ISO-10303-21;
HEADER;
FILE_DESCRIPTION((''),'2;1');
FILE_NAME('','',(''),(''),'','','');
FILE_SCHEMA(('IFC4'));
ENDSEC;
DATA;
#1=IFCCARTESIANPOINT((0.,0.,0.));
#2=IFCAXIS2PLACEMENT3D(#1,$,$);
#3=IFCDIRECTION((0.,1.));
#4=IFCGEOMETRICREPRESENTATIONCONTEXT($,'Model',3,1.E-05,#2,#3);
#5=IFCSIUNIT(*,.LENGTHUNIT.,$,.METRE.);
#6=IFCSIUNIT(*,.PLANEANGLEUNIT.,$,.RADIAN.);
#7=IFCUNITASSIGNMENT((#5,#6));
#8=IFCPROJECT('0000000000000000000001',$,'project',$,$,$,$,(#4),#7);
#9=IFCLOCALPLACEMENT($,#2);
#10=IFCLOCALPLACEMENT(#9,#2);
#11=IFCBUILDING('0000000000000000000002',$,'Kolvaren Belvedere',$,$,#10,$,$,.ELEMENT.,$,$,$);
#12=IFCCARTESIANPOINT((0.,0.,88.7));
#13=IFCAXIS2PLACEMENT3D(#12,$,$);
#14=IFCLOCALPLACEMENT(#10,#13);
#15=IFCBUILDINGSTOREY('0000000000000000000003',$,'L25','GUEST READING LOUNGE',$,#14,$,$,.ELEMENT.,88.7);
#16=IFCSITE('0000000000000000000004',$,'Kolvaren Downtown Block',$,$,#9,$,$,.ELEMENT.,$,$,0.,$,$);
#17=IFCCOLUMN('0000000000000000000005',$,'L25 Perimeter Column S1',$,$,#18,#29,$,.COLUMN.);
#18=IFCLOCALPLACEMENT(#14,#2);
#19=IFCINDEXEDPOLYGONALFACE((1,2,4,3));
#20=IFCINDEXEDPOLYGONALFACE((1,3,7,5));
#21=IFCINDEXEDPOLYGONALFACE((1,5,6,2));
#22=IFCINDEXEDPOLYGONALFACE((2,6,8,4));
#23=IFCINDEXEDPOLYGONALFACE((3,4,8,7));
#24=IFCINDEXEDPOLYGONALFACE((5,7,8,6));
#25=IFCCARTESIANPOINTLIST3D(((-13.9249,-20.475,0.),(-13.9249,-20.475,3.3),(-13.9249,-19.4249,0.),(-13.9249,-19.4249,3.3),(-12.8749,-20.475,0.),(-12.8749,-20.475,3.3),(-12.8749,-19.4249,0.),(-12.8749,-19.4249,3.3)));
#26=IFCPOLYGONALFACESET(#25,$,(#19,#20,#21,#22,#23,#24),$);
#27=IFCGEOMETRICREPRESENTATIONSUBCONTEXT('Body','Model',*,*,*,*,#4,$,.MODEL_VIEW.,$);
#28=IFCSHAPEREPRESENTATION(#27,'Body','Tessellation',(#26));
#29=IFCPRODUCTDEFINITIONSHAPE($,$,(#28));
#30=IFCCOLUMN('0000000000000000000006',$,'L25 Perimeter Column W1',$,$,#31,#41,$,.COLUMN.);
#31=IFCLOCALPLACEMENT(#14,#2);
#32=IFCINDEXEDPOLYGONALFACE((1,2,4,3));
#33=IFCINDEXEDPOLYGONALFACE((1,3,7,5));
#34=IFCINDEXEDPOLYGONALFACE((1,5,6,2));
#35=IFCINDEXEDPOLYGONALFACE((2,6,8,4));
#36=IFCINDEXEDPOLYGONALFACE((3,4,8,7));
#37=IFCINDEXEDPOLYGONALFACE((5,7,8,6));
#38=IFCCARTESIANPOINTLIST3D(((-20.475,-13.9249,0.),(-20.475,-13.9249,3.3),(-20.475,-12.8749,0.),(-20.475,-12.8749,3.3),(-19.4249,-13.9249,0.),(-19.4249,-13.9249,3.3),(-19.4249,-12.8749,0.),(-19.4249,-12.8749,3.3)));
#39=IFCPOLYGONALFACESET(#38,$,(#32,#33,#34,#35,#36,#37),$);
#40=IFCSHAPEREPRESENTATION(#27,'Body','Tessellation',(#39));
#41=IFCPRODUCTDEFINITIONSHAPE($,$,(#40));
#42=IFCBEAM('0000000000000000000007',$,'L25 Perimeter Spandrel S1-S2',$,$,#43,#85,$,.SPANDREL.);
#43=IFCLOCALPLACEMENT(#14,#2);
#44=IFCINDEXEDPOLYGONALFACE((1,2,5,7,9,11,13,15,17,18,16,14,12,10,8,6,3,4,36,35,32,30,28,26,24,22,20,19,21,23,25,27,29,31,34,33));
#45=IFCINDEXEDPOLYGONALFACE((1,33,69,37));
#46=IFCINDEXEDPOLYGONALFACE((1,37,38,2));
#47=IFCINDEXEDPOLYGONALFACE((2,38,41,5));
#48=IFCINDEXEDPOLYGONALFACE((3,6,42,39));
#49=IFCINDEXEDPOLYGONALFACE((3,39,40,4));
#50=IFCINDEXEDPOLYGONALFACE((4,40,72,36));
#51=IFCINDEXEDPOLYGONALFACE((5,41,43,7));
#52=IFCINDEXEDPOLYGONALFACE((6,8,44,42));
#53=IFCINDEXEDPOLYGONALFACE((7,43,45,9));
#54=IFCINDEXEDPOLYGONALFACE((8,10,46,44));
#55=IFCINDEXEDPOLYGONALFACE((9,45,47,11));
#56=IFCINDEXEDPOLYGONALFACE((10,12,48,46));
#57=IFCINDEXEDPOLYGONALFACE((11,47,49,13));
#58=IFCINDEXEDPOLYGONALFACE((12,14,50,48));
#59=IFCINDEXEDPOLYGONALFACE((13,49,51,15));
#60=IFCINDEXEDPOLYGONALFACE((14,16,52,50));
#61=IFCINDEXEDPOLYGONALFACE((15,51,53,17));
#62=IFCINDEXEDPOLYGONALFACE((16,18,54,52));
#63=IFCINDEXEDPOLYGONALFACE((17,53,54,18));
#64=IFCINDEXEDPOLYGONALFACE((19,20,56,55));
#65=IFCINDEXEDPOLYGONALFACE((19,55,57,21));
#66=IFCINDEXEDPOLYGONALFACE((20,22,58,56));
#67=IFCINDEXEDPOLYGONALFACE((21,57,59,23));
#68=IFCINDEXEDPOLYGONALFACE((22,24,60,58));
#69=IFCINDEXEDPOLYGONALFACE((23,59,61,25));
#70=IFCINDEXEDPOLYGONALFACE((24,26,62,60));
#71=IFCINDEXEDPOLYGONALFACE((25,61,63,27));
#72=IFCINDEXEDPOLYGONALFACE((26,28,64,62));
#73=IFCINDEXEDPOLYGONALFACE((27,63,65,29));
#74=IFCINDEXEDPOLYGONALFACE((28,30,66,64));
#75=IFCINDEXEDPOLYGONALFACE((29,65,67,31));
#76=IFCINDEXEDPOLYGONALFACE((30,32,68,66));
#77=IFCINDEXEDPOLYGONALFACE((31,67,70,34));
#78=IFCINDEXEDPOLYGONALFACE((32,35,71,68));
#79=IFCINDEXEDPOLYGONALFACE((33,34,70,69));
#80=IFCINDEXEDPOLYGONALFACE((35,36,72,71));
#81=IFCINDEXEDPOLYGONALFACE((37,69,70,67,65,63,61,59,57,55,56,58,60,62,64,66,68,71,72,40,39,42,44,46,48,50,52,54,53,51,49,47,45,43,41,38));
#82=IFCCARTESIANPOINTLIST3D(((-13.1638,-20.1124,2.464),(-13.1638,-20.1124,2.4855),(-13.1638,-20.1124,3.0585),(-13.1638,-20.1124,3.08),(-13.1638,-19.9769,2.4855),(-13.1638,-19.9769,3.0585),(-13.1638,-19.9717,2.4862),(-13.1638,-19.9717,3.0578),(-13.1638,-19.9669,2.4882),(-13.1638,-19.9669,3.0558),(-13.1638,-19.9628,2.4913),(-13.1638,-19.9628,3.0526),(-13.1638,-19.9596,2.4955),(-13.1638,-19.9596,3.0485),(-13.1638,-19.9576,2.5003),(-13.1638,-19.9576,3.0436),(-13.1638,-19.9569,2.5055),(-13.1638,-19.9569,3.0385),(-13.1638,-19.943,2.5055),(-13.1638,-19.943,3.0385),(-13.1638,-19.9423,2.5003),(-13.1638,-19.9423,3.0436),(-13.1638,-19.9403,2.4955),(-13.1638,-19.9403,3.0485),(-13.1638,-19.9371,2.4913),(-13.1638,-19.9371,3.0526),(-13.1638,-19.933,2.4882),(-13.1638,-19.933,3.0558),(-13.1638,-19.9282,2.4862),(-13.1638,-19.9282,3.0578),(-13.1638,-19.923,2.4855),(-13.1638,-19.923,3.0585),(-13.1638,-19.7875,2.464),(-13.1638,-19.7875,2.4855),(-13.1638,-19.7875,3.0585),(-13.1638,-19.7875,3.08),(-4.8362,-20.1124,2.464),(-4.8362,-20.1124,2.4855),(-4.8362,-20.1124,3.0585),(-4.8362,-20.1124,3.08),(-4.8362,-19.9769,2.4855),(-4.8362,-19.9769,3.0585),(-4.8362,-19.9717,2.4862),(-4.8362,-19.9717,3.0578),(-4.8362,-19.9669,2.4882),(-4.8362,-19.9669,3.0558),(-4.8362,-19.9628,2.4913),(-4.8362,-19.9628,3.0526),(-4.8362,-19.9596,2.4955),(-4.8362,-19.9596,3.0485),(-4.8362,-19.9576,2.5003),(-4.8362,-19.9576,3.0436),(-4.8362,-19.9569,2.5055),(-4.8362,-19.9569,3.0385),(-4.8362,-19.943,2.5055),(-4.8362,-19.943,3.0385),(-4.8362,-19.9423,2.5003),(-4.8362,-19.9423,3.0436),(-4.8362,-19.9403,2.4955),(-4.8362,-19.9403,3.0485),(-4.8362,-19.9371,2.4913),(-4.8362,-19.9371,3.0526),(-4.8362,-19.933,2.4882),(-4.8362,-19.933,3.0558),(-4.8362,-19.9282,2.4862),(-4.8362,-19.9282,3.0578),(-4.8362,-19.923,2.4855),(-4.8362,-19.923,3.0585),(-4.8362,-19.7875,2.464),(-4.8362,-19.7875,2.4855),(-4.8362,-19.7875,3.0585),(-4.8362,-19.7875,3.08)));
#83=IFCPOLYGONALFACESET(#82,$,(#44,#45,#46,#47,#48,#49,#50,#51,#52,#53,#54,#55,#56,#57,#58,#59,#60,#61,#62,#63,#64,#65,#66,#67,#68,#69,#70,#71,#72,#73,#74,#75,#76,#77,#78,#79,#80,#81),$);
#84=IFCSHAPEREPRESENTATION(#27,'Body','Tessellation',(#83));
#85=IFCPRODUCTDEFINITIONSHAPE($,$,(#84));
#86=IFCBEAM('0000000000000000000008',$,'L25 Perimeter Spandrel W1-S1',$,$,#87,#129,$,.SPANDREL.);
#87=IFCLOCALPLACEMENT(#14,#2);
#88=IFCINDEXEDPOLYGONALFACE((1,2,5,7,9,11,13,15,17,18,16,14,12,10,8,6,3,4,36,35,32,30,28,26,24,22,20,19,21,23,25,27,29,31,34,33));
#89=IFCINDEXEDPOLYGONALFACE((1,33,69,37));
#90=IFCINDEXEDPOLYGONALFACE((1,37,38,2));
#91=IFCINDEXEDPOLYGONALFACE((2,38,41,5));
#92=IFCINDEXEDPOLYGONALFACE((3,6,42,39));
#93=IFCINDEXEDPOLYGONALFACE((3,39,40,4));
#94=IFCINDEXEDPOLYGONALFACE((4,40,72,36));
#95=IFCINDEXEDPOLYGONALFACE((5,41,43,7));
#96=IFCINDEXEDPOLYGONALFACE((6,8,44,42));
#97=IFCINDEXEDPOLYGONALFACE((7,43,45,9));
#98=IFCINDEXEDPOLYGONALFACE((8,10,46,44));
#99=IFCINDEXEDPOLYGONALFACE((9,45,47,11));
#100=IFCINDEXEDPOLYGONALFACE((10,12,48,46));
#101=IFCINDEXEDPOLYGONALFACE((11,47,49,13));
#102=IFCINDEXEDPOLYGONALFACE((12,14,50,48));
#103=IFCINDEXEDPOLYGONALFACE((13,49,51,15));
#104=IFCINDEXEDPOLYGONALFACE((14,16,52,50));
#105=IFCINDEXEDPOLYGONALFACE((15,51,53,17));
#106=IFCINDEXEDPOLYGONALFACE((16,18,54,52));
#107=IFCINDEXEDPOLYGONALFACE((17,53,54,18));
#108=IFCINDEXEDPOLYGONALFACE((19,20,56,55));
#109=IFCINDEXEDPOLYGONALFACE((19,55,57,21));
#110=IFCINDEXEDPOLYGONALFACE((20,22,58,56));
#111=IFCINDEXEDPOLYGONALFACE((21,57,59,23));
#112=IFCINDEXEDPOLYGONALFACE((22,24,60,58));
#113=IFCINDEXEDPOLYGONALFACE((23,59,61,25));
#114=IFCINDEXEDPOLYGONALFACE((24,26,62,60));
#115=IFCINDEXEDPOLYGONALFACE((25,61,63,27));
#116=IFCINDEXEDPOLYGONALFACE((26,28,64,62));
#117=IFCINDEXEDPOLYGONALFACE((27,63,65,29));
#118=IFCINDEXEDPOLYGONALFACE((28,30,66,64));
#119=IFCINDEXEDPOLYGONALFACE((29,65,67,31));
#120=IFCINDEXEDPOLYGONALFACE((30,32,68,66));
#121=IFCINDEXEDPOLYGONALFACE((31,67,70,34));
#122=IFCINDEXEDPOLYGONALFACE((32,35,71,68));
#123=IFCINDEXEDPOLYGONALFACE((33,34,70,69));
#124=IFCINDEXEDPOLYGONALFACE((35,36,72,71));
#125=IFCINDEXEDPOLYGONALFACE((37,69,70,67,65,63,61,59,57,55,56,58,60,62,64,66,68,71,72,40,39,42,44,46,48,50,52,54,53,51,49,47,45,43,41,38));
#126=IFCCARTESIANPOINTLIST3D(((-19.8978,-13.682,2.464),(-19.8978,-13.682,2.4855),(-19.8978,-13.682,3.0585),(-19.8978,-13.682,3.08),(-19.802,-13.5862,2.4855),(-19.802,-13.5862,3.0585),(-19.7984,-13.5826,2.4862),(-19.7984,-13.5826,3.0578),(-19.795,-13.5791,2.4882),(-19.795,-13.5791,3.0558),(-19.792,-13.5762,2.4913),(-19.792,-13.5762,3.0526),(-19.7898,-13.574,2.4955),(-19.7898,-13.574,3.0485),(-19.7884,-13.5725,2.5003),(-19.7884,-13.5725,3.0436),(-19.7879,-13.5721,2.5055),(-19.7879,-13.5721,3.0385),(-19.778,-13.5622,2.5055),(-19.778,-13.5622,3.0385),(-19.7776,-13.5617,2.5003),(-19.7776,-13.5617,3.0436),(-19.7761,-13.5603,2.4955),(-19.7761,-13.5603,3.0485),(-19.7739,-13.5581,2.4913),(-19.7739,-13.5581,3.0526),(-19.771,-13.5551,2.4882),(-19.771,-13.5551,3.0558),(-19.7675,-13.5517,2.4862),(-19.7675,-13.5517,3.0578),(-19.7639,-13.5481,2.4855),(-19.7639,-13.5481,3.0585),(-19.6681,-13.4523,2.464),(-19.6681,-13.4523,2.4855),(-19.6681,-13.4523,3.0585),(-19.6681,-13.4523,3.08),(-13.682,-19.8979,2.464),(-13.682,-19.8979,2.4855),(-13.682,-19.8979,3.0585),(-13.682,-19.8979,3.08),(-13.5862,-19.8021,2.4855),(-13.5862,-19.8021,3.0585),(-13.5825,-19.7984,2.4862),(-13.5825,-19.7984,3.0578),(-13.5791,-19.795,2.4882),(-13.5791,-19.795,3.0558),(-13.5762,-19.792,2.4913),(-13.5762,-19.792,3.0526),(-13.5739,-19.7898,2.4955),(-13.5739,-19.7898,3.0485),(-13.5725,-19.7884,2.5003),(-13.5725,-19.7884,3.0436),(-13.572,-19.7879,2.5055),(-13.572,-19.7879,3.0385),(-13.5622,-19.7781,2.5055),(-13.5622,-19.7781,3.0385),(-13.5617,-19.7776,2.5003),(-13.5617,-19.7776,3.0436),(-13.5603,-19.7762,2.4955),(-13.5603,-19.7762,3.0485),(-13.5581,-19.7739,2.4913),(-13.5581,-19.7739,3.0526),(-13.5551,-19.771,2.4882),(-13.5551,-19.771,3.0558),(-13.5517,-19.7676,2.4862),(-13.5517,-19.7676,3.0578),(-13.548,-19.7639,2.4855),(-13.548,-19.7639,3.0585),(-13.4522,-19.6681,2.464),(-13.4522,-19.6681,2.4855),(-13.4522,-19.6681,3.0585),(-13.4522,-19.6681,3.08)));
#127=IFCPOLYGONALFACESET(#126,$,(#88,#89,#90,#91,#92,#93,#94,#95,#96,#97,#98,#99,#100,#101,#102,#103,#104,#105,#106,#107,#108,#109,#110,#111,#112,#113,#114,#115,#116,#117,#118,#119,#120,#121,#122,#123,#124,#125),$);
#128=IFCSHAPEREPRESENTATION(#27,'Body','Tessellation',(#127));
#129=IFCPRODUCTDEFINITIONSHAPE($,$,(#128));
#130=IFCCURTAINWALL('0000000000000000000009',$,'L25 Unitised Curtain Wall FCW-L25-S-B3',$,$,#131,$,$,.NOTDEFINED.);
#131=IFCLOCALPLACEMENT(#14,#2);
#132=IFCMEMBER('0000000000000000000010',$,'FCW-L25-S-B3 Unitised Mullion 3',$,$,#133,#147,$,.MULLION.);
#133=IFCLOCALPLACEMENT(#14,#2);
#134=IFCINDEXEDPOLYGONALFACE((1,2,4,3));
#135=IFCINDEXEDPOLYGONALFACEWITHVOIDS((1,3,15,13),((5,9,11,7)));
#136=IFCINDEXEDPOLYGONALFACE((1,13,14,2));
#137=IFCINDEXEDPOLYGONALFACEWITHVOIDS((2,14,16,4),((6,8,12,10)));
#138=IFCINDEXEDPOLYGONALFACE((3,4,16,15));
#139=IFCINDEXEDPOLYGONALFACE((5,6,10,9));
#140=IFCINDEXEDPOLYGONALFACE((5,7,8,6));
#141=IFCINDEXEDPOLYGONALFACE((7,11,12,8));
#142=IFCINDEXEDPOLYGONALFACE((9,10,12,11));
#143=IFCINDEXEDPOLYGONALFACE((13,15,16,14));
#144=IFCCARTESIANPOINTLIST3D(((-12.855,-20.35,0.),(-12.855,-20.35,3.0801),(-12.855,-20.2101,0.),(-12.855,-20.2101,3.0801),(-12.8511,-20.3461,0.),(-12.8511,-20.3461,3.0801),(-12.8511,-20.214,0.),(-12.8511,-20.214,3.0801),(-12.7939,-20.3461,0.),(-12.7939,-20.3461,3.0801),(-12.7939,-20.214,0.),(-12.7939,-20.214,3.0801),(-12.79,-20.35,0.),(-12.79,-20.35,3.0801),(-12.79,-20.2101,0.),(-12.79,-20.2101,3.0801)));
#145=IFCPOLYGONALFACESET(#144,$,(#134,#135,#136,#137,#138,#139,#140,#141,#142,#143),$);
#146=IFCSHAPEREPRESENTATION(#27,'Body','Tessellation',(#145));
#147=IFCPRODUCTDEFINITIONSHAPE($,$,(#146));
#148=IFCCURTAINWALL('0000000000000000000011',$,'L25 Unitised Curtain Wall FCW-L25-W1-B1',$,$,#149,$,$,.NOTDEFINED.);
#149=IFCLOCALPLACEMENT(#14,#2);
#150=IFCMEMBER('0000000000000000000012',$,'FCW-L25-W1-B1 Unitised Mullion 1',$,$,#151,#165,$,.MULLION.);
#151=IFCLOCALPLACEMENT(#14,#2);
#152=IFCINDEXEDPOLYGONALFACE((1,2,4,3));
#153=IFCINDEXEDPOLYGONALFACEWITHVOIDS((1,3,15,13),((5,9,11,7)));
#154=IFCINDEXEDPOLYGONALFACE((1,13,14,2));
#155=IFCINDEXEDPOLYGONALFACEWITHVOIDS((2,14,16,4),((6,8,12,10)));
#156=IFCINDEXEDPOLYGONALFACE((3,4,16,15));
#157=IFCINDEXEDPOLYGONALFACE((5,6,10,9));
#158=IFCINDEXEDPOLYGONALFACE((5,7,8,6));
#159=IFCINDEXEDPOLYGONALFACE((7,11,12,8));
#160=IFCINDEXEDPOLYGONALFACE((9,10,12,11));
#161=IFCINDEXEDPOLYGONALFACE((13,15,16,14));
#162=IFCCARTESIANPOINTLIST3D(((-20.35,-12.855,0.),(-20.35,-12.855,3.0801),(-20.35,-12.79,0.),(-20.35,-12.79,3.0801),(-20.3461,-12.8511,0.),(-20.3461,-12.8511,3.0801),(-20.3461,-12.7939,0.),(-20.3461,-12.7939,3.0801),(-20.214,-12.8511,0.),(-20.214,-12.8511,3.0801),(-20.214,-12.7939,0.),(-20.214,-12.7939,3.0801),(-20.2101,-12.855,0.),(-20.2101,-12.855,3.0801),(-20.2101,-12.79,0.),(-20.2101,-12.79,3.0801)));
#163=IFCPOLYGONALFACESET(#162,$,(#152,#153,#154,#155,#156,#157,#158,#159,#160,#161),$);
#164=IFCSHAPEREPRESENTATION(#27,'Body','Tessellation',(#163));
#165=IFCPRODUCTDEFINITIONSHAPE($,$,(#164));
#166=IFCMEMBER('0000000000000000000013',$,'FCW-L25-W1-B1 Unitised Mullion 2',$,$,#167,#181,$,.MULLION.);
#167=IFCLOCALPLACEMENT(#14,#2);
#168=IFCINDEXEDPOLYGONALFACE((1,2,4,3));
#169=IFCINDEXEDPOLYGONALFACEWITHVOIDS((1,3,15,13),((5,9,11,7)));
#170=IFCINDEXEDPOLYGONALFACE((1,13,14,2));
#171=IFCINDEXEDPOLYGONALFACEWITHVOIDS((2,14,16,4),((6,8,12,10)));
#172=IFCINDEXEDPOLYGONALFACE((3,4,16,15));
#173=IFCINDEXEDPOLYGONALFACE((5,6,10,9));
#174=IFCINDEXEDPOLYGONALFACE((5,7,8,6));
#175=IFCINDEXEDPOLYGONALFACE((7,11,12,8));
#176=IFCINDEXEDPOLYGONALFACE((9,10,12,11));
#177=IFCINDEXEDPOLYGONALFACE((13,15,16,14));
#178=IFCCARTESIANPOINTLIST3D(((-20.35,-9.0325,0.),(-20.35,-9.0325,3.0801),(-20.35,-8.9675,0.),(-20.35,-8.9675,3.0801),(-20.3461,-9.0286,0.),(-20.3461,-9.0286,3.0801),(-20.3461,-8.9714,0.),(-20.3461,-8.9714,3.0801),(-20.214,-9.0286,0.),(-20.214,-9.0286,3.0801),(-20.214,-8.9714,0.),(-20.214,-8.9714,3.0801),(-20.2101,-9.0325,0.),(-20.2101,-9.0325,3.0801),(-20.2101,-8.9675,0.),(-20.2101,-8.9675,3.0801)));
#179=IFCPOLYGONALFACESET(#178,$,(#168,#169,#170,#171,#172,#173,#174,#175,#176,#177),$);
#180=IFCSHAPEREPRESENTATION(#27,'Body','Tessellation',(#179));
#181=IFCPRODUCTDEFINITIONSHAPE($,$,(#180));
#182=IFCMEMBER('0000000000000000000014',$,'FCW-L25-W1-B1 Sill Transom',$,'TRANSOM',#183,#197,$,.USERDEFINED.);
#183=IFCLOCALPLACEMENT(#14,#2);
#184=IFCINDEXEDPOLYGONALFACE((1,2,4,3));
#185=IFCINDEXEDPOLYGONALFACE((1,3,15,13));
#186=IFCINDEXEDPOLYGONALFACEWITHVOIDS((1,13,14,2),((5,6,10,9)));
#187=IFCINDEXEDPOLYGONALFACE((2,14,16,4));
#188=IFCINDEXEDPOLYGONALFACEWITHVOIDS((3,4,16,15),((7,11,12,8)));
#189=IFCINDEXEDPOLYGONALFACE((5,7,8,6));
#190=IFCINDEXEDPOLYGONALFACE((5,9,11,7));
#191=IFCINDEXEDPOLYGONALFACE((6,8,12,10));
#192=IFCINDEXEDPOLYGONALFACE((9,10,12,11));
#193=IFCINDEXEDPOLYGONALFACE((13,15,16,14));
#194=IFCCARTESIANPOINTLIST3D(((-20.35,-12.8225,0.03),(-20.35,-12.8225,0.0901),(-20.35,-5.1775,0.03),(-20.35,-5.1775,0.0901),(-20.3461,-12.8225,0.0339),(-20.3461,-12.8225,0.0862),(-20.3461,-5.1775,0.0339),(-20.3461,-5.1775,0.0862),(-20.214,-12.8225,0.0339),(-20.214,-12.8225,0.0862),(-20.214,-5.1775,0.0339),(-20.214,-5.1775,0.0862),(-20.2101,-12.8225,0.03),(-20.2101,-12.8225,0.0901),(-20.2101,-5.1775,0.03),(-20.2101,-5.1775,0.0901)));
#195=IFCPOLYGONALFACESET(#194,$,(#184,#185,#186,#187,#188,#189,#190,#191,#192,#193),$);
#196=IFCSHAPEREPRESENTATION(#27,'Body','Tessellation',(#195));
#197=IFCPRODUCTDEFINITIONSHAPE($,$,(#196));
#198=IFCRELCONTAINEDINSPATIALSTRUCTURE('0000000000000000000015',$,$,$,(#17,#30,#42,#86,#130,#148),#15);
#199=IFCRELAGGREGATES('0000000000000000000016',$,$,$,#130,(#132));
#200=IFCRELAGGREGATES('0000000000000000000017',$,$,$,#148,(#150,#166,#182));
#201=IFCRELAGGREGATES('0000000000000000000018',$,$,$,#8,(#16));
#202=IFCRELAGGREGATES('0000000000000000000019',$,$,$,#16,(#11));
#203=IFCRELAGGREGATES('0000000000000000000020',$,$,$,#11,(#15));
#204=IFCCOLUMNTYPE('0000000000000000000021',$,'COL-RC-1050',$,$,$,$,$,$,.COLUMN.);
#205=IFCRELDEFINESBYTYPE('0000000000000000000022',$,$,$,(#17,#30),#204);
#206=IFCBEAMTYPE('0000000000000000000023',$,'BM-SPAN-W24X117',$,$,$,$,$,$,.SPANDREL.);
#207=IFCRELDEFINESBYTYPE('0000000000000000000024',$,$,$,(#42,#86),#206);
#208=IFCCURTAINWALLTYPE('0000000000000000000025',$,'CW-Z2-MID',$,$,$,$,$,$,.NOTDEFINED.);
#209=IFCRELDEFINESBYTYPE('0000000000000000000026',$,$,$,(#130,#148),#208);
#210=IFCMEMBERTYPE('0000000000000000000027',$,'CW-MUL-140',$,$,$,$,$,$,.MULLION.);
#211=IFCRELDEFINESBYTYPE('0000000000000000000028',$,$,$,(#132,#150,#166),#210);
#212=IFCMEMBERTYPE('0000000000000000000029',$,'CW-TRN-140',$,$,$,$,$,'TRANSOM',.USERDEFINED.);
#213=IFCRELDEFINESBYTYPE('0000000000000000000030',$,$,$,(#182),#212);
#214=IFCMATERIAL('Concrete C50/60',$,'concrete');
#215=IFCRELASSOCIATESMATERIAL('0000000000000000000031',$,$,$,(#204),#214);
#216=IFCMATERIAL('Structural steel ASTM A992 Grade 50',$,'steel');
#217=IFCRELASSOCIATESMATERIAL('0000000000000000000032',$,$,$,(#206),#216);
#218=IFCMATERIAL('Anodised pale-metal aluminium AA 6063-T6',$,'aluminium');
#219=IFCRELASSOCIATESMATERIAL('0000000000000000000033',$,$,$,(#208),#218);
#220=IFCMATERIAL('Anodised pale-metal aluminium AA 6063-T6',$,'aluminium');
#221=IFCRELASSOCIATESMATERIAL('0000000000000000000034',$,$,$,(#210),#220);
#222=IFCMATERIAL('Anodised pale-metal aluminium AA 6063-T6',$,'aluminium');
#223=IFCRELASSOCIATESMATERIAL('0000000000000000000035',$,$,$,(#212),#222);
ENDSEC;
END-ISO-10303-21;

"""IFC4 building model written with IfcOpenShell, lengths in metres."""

from ifc_helpers import new_model, si_unit, direction, frame, origin, origin_2d, place, context, subcontext, project, spatial, rectangle, hollow_rectangle, i_section, extrude, material, material_profile, profile_set, type_object, element, aggregate, save


model = new_model("IFC4")

# Units and contexts
model_context = context("Model", 3, precision=1e-05, world=origin(), true_north=direction((0.0, 1.0)))
body_context = subcontext(model_context, "Body", "Model", "MODEL_VIEW")
ifc_project = project(units=[si_unit("LENGTHUNIT", "METRE"), si_unit("PLANEANGLEUNIT", "RADIAN")], contexts=[model_context])

# Site, building, storey
site_placement = place(None, origin())
site = spatial("IfcSite", under=ifc_project, at=site_placement, Name="Kolvaren Downtown Block", CompositionType="ELEMENT", RefElevation=0.0)
building_placement = place(site_placement, origin())
building = spatial("IfcBuilding", under=site, at=building_placement, Name="Kolvaren Belvedere", CompositionType="ELEMENT")
storey_placement = place(building_placement, frame((0.0, 0.0, 88.7)))
storey = spatial("IfcBuildingStorey", under=building, at=storey_placement, Name="L25", Description="GUEST READING LOUNGE", CompositionType="ELEMENT", Elevation=88.7)

# Columns
ifc_material_1 = material(Name="Concrete C50/60", Category="concrete")
ifc_material_profile_1 = material_profile(ifc_material_1, rectangle(XDim=1.05, YDim=1.05, at=origin_2d()), Name="RC 1050X1050")
ifc_profile_set_1 = profile_set([ifc_material_profile_1], Name="Concrete C50/60")
column_type = type_object("IfcColumnType", Name="COL-RC-1050", PredefinedType="COLUMN", material=ifc_profile_set_1)
for number, where, z_axis, x_axis, name in (
    (1, (-13.3999, -19.95, 0.0), (0.0, 0.0, 1.0), (1.0, 0.0, 0.0), "L25 Perimeter Column S1"),
    (2, (-19.95, -13.3999, 0.0), (0.0, 0.0, 1.0), (1.0, 0.0, 0.0), "L25 Perimeter Column W1"),
):
    element("IfcColumn", number, at=place(storey_placement, frame(where, z_axis=z_axis, x_axis=x_axis)), inside=storey, type_object=column_type, Name=name, PredefinedType="COLUMN", context=body_context, shape_type="SweptSolid", body=[
        extrude(rectangle(XDim=1.05, YDim=1.05, at=origin_2d()), origin(), (0.0, 0.0, 1.0), 3.3),
    ])

# Beams
ifc_material_2 = material(Name="Structural steel ASTM A992 Grade 50", Category="steel")
ifc_material_profile_2 = material_profile(ifc_material_2, i_section(OverallWidth=0.325, OverallDepth=0.616, WebThickness=0.0139, FlangeThickness=0.0215, FilletRadius=0.02, at=origin_2d()), Name="W24X117")
ifc_profile_set_2 = profile_set([ifc_material_profile_2], Name="Structural steel ASTM A992 Grade 50")
beam_type = type_object("IfcBeamType", Name="BM-SPAN-W24X117", PredefinedType="SPANDREL", material=ifc_profile_set_2)
beam_1_placement = place(storey_placement, frame((-13.1638, -19.95, 2.772), z_axis=(1.0, 0.0, 0.0), x_axis=(0.0, 1.0, 0.0)))
element("IfcBeam", 3, at=beam_1_placement, inside=storey, type_object=beam_type, Name="L25 Perimeter Spandrel S1-S2", PredefinedType="SPANDREL", context=body_context, shape_type="SweptSolid", body=[
    extrude(i_section(OverallWidth=0.325, OverallDepth=0.616, WebThickness=0.0139, FlangeThickness=0.0215, FilletRadius=0.02, at=origin_2d()), origin(), (0.0, 0.0, 1.0), 8.3276),
])
beam_2_placement = place(storey_placement, frame((-19.783, -13.5671, 2.772), z_axis=(0.707107, -0.707107, 0.0), x_axis=(0.707107, 0.707107, 0.0)))
element("IfcBeam", 4, at=beam_2_placement, inside=storey, type_object=beam_type, Name="L25 Perimeter Spandrel W1-S1", PredefinedType="SPANDREL", context=body_context, shape_type="SweptSolid", body=[
    extrude(i_section(OverallWidth=0.325, OverallDepth=0.616, WebThickness=0.0139, FlangeThickness=0.0215, FilletRadius=0.02, at=origin_2d()), origin(), (0.0, 0.0, 1.0), 8.7905),
])

# Curtain wall, member
ifc_material_3 = material(Name="Anodised pale-metal aluminium AA 6063-T6", Category="aluminium")
curtain_wall_type = type_object("IfcCurtainWallType", Name="CW-Z2-MID", PredefinedType="NOTDEFINED", material=ifc_material_3)
curtain_wall_1_placement = place(storey_placement, origin())
curtain_wall_1 = element("IfcCurtainWall", 5, at=curtain_wall_1_placement, inside=storey, type_object=curtain_wall_type, Name="L25 Unitised Curtain Wall FCW-L25-S-B3", PredefinedType="NOTDEFINED")
ifc_material_4 = material(Name="Anodised pale-metal aluminium AA 6063-T6", Category="aluminium")
ifc_material_profile_3 = material_profile(ifc_material_4, hollow_rectangle(XDim=0.0649, YDim=0.1399, WallThickness=0.0039, at=origin_2d()), Name="ALU-MUL-140X65")
ifc_profile_set_3 = profile_set([ifc_material_profile_3], Name="Anodised pale-metal aluminium AA 6063-T6")
member_type_1 = type_object("IfcMemberType", Name="CW-MUL-140", PredefinedType="MULLION", material=ifc_profile_set_3)
member_1_placement = place(storey_placement, frame((-12.8225, -20.28, 0.0), z_axis=(0.0, 0.0, 1.0), x_axis=(1.0, 0.0, 0.0)))
member_1 = element("IfcMember", 6, at=member_1_placement, type_object=member_type_1, Name="FCW-L25-S-B3 Unitised Mullion 3", PredefinedType="MULLION", context=body_context, shape_type="SweptSolid", body=[
    extrude(hollow_rectangle(XDim=0.0649, YDim=0.1399, WallThickness=0.0039, at=origin_2d()), origin(), (0.0, 0.0, 1.0), 3.0801),
])
aggregate(curtain_wall_1, [member_1])

# Curtain wall, members
curtain_wall_2_placement = place(storey_placement, origin())
curtain_wall_2 = element("IfcCurtainWall", 7, at=curtain_wall_2_placement, inside=storey, type_object=curtain_wall_type, Name="L25 Unitised Curtain Wall FCW-L25-W1-B1", PredefinedType="NOTDEFINED")
member_2_placement = place(storey_placement, frame((-20.28, -12.8225, 0.0), z_axis=(0.0, 0.0, 1.0), x_axis=(0.0, 1.0, 0.0)))
member_2 = element("IfcMember", 8, at=member_2_placement, type_object=member_type_1, Name="FCW-L25-W1-B1 Unitised Mullion 1", PredefinedType="MULLION", context=body_context, shape_type="SweptSolid", body=[
    extrude(hollow_rectangle(XDim=0.0649, YDim=0.1399, WallThickness=0.0039, at=origin_2d()), origin(), (0.0, 0.0, 1.0), 3.0801),
])
member_3_placement = place(storey_placement, frame((-20.28, -9.0, 0.0), z_axis=(0.0, 0.0, 1.0), x_axis=(0.0, 1.0, 0.0)))
member_3 = element("IfcMember", 9, at=member_3_placement, type_object=member_type_1, Name="FCW-L25-W1-B1 Unitised Mullion 2", PredefinedType="MULLION", context=body_context, shape_type="SweptSolid", body=[
    extrude(hollow_rectangle(XDim=0.0649, YDim=0.1399, WallThickness=0.0039, at=origin_2d()), origin(), (0.0, 0.0, 1.0), 3.0801),
])
ifc_material_5 = material(Name="Anodised pale-metal aluminium AA 6063-T6", Category="aluminium")
ifc_material_profile_4 = material_profile(ifc_material_5, hollow_rectangle(XDim=0.0601, YDim=0.1399, WallThickness=0.0039, at=origin_2d()), Name="ALU-TRN-140X60")
ifc_profile_set_4 = profile_set([ifc_material_profile_4], Name="Anodised pale-metal aluminium AA 6063-T6")
member_type_2 = type_object("IfcMemberType", Name="CW-TRN-140", ElementType="TRANSOM", PredefinedType="USERDEFINED", material=ifc_profile_set_4)
member_4_placement = place(storey_placement, frame((-20.28, -12.8225, 0.0601), z_axis=(0.0, 1.0, 0.0), x_axis=(0.0, 0.0, 1.0)))
member_4 = element("IfcMember", 10, at=member_4_placement, type_object=member_type_2, Name="FCW-L25-W1-B1 Sill Transom", ObjectType="TRANSOM", PredefinedType="USERDEFINED", context=body_context, shape_type="SweptSolid", body=[
    extrude(hollow_rectangle(XDim=0.0601, YDim=0.1399, WallThickness=0.0039, at=origin_2d()), origin(), (0.0, 0.0, 1.0), 7.645),
])
aggregate(curtain_wall_2, [member_2, member_3, member_4])

save(model, "model.ifc")
